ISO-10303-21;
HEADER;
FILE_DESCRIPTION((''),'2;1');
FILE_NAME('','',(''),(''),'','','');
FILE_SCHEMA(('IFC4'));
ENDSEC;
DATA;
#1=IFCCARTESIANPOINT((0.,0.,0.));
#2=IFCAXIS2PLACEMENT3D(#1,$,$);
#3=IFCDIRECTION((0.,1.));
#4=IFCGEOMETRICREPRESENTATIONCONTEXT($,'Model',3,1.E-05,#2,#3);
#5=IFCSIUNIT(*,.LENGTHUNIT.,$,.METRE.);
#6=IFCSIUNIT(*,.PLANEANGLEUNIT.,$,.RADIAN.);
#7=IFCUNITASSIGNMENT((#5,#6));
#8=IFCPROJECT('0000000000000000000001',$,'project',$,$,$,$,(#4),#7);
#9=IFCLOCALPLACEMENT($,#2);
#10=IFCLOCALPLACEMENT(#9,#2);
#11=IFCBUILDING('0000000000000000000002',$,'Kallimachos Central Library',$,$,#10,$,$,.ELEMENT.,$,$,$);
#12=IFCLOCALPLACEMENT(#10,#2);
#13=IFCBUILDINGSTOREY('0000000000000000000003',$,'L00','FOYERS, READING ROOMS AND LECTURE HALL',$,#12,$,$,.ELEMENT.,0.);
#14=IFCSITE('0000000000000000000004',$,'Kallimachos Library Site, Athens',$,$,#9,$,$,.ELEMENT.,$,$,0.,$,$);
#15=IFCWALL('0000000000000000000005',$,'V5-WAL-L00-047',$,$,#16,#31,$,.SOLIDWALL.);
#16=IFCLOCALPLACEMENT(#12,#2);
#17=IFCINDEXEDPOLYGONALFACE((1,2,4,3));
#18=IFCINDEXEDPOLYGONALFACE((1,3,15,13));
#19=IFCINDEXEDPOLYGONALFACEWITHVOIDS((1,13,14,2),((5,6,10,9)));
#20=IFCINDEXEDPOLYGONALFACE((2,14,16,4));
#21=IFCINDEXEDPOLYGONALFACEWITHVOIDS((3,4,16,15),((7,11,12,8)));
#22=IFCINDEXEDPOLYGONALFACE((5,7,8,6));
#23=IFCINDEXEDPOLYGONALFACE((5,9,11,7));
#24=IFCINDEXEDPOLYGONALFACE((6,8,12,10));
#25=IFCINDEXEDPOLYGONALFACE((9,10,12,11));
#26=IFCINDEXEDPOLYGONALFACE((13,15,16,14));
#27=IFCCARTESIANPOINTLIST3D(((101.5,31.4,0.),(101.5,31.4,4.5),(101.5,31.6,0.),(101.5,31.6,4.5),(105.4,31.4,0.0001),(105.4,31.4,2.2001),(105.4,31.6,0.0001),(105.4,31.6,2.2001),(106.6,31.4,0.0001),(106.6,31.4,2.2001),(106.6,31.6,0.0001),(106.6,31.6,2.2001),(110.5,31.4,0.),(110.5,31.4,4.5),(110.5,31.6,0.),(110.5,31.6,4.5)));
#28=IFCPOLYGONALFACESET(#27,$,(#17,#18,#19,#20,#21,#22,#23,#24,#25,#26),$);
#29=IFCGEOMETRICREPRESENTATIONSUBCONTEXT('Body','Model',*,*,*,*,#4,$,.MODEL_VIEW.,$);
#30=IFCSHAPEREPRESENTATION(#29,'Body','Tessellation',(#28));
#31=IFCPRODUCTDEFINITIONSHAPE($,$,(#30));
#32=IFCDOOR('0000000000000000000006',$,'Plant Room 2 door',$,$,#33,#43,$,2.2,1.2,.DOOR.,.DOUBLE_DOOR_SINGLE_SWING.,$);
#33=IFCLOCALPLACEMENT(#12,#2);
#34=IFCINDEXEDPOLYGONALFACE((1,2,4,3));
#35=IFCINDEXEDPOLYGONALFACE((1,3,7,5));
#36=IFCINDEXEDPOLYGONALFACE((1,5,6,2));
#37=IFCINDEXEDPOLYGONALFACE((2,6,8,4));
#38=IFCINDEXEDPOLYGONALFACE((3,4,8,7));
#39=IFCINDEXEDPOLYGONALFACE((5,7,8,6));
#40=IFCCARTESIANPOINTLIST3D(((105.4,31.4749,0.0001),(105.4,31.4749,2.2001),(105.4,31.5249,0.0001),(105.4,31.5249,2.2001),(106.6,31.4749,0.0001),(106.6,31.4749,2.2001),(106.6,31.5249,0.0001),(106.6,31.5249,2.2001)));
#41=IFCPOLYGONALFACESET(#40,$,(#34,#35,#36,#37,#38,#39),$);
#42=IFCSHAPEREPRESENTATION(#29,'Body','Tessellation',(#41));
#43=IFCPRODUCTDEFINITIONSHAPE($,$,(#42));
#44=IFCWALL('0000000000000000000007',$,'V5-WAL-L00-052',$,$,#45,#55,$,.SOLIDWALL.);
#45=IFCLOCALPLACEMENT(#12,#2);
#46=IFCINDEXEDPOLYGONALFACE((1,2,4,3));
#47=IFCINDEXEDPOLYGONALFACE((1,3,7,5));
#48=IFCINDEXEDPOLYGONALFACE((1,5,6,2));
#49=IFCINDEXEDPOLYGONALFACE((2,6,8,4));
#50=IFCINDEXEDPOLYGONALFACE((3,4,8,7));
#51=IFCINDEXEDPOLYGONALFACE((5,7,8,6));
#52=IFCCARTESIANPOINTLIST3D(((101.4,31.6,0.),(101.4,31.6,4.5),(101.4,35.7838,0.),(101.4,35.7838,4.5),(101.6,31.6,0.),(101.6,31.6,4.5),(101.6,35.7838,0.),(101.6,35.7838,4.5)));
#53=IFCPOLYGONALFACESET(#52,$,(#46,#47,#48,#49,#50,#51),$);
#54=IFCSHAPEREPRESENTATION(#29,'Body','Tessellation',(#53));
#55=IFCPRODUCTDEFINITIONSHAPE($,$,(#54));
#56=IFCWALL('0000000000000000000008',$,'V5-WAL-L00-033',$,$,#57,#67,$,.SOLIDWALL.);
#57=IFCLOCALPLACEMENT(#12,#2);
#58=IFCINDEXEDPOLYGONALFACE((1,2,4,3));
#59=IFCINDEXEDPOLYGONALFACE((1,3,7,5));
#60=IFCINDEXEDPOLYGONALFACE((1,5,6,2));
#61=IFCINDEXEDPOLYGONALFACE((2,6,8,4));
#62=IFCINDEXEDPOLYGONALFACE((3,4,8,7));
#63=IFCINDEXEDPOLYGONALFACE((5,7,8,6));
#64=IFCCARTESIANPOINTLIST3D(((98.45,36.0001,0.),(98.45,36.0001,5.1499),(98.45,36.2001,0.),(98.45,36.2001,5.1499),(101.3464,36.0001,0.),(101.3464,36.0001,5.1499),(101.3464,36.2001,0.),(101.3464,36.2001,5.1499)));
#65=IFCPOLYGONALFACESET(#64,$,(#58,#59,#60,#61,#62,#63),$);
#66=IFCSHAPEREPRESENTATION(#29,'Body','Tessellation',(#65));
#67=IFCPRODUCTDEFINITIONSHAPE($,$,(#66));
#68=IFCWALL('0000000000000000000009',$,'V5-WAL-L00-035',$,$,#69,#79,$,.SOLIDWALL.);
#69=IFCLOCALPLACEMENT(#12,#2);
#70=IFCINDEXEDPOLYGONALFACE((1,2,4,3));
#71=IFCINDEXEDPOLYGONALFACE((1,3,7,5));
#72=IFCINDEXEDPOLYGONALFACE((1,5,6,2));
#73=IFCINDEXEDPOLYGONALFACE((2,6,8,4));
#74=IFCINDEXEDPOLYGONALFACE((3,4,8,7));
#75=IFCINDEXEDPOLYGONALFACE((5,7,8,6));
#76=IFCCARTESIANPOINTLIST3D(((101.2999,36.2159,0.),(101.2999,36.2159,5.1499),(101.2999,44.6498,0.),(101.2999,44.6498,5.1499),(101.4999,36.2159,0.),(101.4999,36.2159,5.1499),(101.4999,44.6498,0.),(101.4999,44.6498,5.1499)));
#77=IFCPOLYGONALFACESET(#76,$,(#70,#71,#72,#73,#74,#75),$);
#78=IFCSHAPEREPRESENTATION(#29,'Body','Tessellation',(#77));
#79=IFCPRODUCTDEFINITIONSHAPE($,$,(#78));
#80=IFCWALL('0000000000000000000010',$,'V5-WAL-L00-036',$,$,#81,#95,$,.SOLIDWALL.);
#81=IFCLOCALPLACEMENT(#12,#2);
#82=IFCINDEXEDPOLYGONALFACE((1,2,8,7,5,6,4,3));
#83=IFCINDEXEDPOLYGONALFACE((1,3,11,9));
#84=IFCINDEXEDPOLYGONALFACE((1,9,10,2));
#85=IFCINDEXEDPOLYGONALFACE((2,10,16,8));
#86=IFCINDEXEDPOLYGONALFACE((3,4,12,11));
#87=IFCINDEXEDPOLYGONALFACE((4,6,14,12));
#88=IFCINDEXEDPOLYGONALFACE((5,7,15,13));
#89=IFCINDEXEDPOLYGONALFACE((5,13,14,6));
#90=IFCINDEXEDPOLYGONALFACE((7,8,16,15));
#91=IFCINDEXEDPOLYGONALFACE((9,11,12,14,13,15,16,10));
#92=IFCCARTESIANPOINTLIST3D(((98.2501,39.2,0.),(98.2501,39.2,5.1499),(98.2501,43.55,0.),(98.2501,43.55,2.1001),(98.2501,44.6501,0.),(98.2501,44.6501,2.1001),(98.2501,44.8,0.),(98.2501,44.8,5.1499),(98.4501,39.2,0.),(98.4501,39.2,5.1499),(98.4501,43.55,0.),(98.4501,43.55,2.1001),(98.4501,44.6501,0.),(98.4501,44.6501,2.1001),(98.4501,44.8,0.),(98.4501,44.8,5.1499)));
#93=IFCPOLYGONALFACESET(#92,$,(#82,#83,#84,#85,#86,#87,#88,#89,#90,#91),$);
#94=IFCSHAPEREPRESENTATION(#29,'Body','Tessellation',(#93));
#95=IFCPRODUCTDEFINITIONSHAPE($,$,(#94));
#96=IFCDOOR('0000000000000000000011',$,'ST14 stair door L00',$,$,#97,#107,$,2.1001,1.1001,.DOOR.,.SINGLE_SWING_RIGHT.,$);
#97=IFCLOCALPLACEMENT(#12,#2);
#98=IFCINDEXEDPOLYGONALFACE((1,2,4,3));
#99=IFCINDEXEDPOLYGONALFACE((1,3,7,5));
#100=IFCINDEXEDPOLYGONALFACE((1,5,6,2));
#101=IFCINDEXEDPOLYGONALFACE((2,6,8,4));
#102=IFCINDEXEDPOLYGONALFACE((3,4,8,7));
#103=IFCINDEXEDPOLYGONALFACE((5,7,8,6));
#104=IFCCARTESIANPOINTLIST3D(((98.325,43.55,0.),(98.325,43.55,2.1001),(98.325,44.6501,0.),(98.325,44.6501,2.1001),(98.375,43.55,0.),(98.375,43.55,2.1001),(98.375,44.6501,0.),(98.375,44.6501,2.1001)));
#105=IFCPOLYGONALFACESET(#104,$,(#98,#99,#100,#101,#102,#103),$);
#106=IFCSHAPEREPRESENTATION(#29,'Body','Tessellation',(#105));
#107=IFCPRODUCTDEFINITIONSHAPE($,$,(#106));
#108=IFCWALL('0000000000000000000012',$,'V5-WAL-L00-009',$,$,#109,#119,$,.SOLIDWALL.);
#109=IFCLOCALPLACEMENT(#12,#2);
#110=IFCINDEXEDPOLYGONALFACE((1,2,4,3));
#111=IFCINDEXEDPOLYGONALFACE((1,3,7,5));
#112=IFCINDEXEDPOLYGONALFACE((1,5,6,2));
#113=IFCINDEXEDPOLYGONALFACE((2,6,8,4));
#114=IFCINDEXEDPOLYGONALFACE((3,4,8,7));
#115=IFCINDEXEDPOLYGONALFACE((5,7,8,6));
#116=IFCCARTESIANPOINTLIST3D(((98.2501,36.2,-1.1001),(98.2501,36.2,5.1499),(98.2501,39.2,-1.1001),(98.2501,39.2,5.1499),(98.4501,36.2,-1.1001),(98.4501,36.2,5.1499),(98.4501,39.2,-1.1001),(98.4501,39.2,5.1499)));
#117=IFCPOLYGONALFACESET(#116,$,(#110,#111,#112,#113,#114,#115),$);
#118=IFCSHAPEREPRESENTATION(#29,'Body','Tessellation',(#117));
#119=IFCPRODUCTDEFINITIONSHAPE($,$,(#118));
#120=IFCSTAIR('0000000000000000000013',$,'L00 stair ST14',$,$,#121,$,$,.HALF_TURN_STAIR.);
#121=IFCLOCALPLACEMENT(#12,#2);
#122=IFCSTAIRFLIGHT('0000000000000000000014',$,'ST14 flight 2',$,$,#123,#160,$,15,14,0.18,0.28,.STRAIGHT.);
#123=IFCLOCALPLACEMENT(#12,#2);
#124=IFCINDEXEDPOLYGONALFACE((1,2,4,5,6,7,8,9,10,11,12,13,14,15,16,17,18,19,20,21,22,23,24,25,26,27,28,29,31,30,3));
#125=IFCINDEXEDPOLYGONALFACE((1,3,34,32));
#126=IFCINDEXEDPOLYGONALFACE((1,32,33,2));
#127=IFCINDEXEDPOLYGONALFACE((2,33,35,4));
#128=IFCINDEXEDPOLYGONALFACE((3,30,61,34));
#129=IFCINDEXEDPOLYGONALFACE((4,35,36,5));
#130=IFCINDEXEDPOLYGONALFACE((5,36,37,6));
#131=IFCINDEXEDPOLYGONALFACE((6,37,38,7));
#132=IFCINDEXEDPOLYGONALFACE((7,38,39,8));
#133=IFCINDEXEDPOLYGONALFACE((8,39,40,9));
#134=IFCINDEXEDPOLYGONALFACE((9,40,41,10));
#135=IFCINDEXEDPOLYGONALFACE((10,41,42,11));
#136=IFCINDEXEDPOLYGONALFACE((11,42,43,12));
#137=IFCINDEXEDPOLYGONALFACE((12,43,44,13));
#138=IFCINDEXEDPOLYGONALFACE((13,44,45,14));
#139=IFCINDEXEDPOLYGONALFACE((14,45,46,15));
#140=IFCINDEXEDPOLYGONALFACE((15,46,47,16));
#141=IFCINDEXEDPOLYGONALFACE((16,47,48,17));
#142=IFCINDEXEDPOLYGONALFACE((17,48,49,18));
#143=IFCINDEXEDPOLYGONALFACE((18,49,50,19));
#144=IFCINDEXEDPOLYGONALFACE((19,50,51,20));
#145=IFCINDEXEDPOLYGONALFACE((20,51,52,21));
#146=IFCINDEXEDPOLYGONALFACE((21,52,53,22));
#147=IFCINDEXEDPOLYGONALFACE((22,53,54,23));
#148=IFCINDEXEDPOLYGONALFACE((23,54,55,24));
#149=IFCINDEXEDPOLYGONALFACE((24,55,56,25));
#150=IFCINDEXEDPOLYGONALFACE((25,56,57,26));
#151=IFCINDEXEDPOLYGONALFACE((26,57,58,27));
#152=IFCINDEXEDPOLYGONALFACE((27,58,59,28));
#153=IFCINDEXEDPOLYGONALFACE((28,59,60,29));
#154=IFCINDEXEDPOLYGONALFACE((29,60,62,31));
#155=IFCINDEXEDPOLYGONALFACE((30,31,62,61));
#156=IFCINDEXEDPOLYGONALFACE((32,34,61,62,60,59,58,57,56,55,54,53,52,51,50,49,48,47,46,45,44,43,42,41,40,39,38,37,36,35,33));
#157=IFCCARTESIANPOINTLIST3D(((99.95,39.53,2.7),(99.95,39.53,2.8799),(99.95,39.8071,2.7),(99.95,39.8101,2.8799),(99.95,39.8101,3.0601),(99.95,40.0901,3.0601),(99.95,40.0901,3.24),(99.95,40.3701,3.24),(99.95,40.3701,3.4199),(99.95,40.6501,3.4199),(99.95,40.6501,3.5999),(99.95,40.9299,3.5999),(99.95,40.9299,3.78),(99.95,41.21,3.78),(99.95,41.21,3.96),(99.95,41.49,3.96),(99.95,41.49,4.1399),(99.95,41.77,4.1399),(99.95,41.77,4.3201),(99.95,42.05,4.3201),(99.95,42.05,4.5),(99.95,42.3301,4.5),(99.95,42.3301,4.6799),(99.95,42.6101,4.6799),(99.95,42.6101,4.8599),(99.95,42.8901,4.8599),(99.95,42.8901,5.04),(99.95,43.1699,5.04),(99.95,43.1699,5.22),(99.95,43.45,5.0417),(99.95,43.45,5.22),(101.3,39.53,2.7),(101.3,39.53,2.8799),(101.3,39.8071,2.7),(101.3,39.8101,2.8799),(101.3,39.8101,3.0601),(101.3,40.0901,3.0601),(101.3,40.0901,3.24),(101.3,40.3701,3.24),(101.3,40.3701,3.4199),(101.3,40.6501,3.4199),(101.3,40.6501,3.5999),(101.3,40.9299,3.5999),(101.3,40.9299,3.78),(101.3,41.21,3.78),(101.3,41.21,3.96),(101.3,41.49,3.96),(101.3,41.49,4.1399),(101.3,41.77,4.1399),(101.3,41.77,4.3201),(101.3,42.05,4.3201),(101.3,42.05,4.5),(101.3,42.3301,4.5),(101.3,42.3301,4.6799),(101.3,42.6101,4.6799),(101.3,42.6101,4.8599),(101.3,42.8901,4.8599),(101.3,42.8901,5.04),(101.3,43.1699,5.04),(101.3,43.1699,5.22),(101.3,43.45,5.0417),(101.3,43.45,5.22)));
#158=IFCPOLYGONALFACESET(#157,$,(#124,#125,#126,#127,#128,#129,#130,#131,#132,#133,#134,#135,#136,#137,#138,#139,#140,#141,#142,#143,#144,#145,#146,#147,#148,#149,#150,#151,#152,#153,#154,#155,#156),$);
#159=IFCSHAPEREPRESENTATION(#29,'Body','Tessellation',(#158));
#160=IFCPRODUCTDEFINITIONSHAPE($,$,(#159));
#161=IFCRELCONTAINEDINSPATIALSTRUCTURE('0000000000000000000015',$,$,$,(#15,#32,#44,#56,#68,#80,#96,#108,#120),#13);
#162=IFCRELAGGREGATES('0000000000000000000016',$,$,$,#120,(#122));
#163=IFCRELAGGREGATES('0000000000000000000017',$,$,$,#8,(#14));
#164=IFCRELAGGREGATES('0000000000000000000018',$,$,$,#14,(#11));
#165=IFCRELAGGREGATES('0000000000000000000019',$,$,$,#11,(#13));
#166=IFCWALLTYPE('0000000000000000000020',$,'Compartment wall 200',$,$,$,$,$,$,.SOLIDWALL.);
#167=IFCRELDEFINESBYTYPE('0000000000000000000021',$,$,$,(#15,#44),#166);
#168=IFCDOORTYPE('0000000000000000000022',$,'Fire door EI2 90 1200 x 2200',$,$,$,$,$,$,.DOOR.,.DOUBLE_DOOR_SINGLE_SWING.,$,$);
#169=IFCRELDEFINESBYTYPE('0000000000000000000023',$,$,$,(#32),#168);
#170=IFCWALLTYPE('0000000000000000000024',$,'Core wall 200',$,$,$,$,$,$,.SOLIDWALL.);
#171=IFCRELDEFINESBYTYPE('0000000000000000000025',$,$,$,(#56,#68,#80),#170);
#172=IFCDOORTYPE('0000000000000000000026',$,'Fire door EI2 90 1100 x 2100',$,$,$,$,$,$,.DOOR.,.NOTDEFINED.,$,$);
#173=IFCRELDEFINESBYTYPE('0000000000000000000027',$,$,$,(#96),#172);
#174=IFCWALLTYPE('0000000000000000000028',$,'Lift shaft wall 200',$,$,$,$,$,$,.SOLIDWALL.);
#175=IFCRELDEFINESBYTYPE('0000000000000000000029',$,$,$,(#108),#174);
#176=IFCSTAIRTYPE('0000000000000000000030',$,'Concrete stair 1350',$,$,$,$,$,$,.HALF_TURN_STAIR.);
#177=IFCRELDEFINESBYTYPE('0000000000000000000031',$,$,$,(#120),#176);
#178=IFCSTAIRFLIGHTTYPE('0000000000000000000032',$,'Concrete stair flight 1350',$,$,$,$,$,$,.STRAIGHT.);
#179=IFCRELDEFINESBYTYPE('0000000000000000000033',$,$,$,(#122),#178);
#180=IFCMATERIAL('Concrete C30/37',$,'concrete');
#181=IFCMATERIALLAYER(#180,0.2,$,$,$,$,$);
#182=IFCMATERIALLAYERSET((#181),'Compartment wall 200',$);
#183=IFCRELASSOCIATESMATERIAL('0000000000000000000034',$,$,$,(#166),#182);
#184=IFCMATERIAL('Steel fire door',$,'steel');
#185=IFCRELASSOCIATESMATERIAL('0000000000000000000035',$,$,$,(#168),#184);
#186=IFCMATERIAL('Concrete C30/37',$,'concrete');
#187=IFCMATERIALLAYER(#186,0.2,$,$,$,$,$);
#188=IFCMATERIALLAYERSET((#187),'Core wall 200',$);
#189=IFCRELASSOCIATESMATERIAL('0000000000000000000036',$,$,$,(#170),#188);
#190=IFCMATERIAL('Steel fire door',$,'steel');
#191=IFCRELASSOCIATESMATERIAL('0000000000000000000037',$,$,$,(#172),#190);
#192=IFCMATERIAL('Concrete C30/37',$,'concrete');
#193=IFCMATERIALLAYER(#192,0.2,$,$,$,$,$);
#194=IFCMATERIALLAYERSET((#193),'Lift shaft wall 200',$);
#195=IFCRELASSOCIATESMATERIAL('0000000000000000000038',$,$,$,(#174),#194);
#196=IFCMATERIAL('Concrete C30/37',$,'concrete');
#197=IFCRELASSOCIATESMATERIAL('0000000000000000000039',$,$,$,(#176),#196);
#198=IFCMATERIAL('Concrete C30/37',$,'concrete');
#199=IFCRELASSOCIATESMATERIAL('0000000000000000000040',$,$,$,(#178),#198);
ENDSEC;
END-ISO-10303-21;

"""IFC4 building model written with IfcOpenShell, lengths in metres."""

from ifc_helpers import new_model, si_unit, direction, frame, frame_2d, origin, place, context, subcontext, project, spatial, polyline, rectangle, outline, extrude, material, layer, layer_set, type_object, element, fill, aggregate, save


model = new_model("IFC4")

# Units and contexts
model_context = context("Model", 3, precision=1e-05, world=origin(), true_north=direction((0.0, 1.0)))
body_context = subcontext(model_context, "Body", "Model", "MODEL_VIEW")
ifc_project = project(units=[si_unit("LENGTHUNIT", "METRE"), si_unit("PLANEANGLEUNIT", "RADIAN")], contexts=[model_context])

# Site, building, storey
site_placement = place(None, origin())
site = spatial("IfcSite", under=ifc_project, at=site_placement, Name="Kallimachos Library Site, Athens", CompositionType="ELEMENT", RefElevation=0.0)
building_placement = place(site_placement, origin())
building = spatial("IfcBuilding", under=site, at=building_placement, Name="Kallimachos Central Library", CompositionType="ELEMENT")
storey_placement = place(building_placement, origin())
storey = spatial("IfcBuildingStorey", under=building, at=storey_placement, Name="L00", Description="FOYERS, READING ROOMS AND LECTURE HALL", CompositionType="ELEMENT", Elevation=0.0)

# Wall, opening, door
ifc_material_1 = material(Name="Concrete C30/37", Category="concrete")
ifc_layer_1 = layer(ifc_material_1, 0.2)
ifc_layer_set_1 = layer_set([ifc_layer_1], Name="Compartment wall 200")
wall_type_1 = type_object("IfcWallType", Name="Compartment wall 200", PredefinedType="SOLIDWALL", material=ifc_layer_set_1)
wall_1_placement = place(storey_placement, frame((101.5, 31.5, 0.0), z_axis=(0.0, 0.0, 1.0), x_axis=(1.0, 0.0, 0.0)))
wall_1 = element("IfcWall", 1, at=wall_1_placement, inside=storey, type_object=wall_type_1, Name="V5-WAL-L00-047", PredefinedType="SOLIDWALL", context=body_context, shape_type="SweptSolid", body=[
    extrude(rectangle(XDim=9.0, YDim=0.2, at=frame_2d((4.5, 0.0))), origin(), (0.0, 0.0, 1.0), 4.5),
])
opening_1_placement = place(wall_1_placement, frame((3.8999, 0.0, 0.0)))
opening_1 = element("IfcOpeningElement", 2, at=opening_1_placement, cuts=wall_1, PredefinedType="OPENING", context=body_context, shape_type="SweptSolid", body=[
    extrude(rectangle(XDim=1.2, YDim=2.2, at=frame_2d((0.6001, 1.1001))), frame((0.0, 0.1099, 0.0), z_axis=(0.0, -1.0, 0.0), x_axis=(1.0, 0.0, 0.0)), (0.0, 0.0, 1.0), 0.22),
])
ifc_material_2 = material(Name="Steel fire door", Category="steel")
door_type_1 = type_object("IfcDoorType", Name="Fire door EI2 90 1200 x 2200", OperationType="DOUBLE_DOOR_SINGLE_SWING", PredefinedType="DOOR", material=ifc_material_2)
door_1_placement = place(opening_1_placement, origin())
door_1 = element("IfcDoor", 3, at=door_1_placement, inside=storey, type_object=door_type_1, Name="Plant Room 2 door", OperationType="DOUBLE_DOOR_SINGLE_SWING", OverallHeight=2.2, OverallWidth=1.2, PredefinedType="DOOR", context=body_context, shape_type="SweptSolid", body=[
    extrude(rectangle(XDim=1.2, YDim=2.2, at=frame_2d((0.6001, 1.1001))), frame((0.0, 0.0249, 0.0), z_axis=(0.0, -1.0, 0.0), x_axis=(1.0, 0.0, 0.0)), (0.0, 0.0, 1.0), 0.05),
])
fill(opening_1, door_1)

# Walls
wall_2_placement = place(storey_placement, frame((101.5, 31.6001, 0.0), z_axis=(0.0, 0.0, 1.0), x_axis=(0.0, 1.0, 0.0)))
element("IfcWall", 4, at=wall_2_placement, inside=storey, type_object=wall_type_1, Name="V5-WAL-L00-052", PredefinedType="SOLIDWALL", context=body_context, shape_type="SweptSolid", body=[
    extrude(rectangle(XDim=4.1838, YDim=0.2, at=frame_2d((2.0918, 0.0))), origin(), (0.0, 0.0, 1.0), 4.5),
])
ifc_material_3 = material(Name="Concrete C30/37", Category="concrete")
ifc_layer_2 = layer(ifc_material_3, 0.2)
ifc_layer_set_2 = layer_set([ifc_layer_2], Name="Core wall 200")
wall_type_2 = type_object("IfcWallType", Name="Core wall 200", PredefinedType="SOLIDWALL", material=ifc_layer_set_2)
wall_3_placement = place(storey_placement, frame((98.45, 36.1001, 0.0), z_axis=(0.0, 0.0, 1.0), x_axis=(1.0, 0.0, 0.0)))
element("IfcWall", 5, at=wall_3_placement, inside=storey, type_object=wall_type_2, Name="V5-WAL-L00-033", PredefinedType="SOLIDWALL", context=body_context, shape_type="SweptSolid", body=[
    extrude(rectangle(XDim=2.8965, YDim=0.2, at=frame_2d((1.4482, 0.0))), origin(), (0.0, 0.0, 1.0), 5.1499),
])
wall_4_placement = place(storey_placement, frame((101.3999, 36.2161, 0.0), z_axis=(0.0, 0.0, 1.0), x_axis=(0.0, 1.0, 0.0)))
element("IfcWall", 6, at=wall_4_placement, inside=storey, type_object=wall_type_2, Name="V5-WAL-L00-035", PredefinedType="SOLIDWALL", context=body_context, shape_type="SweptSolid", body=[
    extrude(rectangle(XDim=8.4338, YDim=0.2, at=frame_2d((4.2168, 0.0))), origin(), (0.0, 0.0, 1.0), 5.1499),
])

# Wall, opening, door
wall_5_placement = place(storey_placement, frame((98.3501, 39.2, 0.0), z_axis=(0.0, 0.0, 1.0), x_axis=(0.0, 1.0, 0.0)))
wall_5 = element("IfcWall", 7, at=wall_5_placement, inside=storey, type_object=wall_type_2, Name="V5-WAL-L00-036", PredefinedType="SOLIDWALL", context=body_context, shape_type="SweptSolid", body=[
    extrude(rectangle(XDim=5.6001, YDim=0.2, at=frame_2d((2.8, 0.0))), origin(), (0.0, 0.0, 1.0), 5.1499),
])
opening_2_placement = place(wall_5_placement, frame((4.3501, 0.0, 0.0)))
opening_2 = element("IfcOpeningElement", 8, at=opening_2_placement, cuts=wall_5, PredefinedType="OPENING", context=body_context, shape_type="SweptSolid", body=[
    extrude(rectangle(XDim=1.1001, YDim=2.1001, at=frame_2d((0.55, 1.05))), frame((0.0, 0.1099, 0.0), z_axis=(0.0, -1.0, 0.0), x_axis=(1.0, 0.0, 0.0)), (0.0, 0.0, 1.0), 0.22),
])
ifc_material_4 = material(Name="Steel fire door", Category="steel")
door_type_2 = type_object("IfcDoorType", Name="Fire door EI2 90 1100 x 2100", OperationType="NOTDEFINED", PredefinedType="DOOR", material=ifc_material_4)
door_2_placement = place(opening_2_placement, frame((1.1001, 0.0, 0.0), z_axis=(0.0, 0.0, 1.0), x_axis=(-1.0, 0.0, 0.0)))
door_2 = element("IfcDoor", 9, at=door_2_placement, inside=storey, type_object=door_type_2, Name="ST14 stair door L00", OperationType="SINGLE_SWING_RIGHT", OverallHeight=2.1001, OverallWidth=1.1001, PredefinedType="DOOR", context=body_context, shape_type="SweptSolid", body=[
    extrude(rectangle(XDim=1.1001, YDim=2.1001, at=frame_2d((0.55, 1.05))), frame((0.0, 0.0249, 0.0), z_axis=(0.0, -1.0, 0.0), x_axis=(1.0, 0.0, 0.0)), (0.0, 0.0, 1.0), 0.05),
])
fill(opening_2, door_2)

# Wall
ifc_material_5 = material(Name="Concrete C30/37", Category="concrete")
ifc_layer_3 = layer(ifc_material_5, 0.2)
ifc_layer_set_3 = layer_set([ifc_layer_3], Name="Lift shaft wall 200")
wall_type_3 = type_object("IfcWallType", Name="Lift shaft wall 200", PredefinedType="SOLIDWALL", material=ifc_layer_set_3)
wall_6_placement = place(storey_placement, frame((98.3501, 36.2, -1.1001), z_axis=(0.0, 0.0, 1.0), x_axis=(0.0, 1.0, 0.0)))
element("IfcWall", 10, at=wall_6_placement, inside=storey, type_object=wall_type_3, Name="V5-WAL-L00-009", PredefinedType="SOLIDWALL", context=body_context, shape_type="SweptSolid", body=[
    extrude(rectangle(XDim=3.0, YDim=0.2, at=frame_2d((1.5, 0.0))), origin(), (0.0, 0.0, 1.0), 6.25),
])

# Stair, stair flight
ifc_material_6 = material(Name="Concrete C30/37", Category="concrete")
stair_type = type_object("IfcStairType", Name="Concrete stair 1350", PredefinedType="HALF_TURN_STAIR", material=ifc_material_6)
stair_placement = place(storey_placement, origin())
stair = element("IfcStair", 11, at=stair_placement, inside=storey, type_object=stair_type, Name="L00 stair ST14", PredefinedType="HALF_TURN_STAIR")
ifc_material_7 = material(Name="Concrete C30/37", Category="concrete")
stair_flight_type = type_object("IfcStairFlightType", Name="Concrete stair flight 1350", PredefinedType="STRAIGHT", material=ifc_material_7)
stair_flight_placement = place(storey_placement, frame((100.625, 39.53, 2.7), z_axis=(0.0, 0.0, 1.0), x_axis=(0.0, 1.0, 0.0)))
stair_flight = element("IfcStairFlight", 12, at=stair_flight_placement, type_object=stair_flight_type, Name="ST14 flight 2", NumberOfRisers=15, NumberOfTreads=14, PredefinedType="STRAIGHT", RiserHeight=0.18, TreadLength=0.28, context=body_context, shape_type="SweptSolid", body=[
    extrude(outline(polyline([(0.0, 0.0), (0.0, 0.1799), (0.28, 0.1799), (0.28, 0.3601), (0.5601, 0.3601), (0.5601, 0.54), (0.8401, 0.54), (0.8401, 0.72), (1.1201, 0.72), (1.1201, 0.8999), (1.3999, 0.8999), (1.3999, 1.0801), (1.6799, 1.0801), (1.6799, 1.26), (1.96, 1.26), (1.96, 1.4399), (2.24, 1.4399), (2.24, 1.6201), (2.52, 1.6201), (2.52, 1.8), (2.8, 1.8), (2.8, 1.98), (3.0801, 1.98), (3.0801, 2.1599), (3.3601, 2.1599), (3.3601, 2.3401), (3.6399, 2.3401), (3.6399, 2.52), (3.9199, 2.52), (3.9199, 2.7), (3.9199, 2.3418), (0.2771, 0.0), (0.0, 0.0)])), frame((0.0, 0.675, 0.0), z_axis=(0.0, -1.0, 0.0), x_axis=(1.0, 0.0, 0.0)), (0.0, 0.0, 1.0), 1.3501),
])
aggregate(stair, [stair_flight])

save(model, "model.ifc")
